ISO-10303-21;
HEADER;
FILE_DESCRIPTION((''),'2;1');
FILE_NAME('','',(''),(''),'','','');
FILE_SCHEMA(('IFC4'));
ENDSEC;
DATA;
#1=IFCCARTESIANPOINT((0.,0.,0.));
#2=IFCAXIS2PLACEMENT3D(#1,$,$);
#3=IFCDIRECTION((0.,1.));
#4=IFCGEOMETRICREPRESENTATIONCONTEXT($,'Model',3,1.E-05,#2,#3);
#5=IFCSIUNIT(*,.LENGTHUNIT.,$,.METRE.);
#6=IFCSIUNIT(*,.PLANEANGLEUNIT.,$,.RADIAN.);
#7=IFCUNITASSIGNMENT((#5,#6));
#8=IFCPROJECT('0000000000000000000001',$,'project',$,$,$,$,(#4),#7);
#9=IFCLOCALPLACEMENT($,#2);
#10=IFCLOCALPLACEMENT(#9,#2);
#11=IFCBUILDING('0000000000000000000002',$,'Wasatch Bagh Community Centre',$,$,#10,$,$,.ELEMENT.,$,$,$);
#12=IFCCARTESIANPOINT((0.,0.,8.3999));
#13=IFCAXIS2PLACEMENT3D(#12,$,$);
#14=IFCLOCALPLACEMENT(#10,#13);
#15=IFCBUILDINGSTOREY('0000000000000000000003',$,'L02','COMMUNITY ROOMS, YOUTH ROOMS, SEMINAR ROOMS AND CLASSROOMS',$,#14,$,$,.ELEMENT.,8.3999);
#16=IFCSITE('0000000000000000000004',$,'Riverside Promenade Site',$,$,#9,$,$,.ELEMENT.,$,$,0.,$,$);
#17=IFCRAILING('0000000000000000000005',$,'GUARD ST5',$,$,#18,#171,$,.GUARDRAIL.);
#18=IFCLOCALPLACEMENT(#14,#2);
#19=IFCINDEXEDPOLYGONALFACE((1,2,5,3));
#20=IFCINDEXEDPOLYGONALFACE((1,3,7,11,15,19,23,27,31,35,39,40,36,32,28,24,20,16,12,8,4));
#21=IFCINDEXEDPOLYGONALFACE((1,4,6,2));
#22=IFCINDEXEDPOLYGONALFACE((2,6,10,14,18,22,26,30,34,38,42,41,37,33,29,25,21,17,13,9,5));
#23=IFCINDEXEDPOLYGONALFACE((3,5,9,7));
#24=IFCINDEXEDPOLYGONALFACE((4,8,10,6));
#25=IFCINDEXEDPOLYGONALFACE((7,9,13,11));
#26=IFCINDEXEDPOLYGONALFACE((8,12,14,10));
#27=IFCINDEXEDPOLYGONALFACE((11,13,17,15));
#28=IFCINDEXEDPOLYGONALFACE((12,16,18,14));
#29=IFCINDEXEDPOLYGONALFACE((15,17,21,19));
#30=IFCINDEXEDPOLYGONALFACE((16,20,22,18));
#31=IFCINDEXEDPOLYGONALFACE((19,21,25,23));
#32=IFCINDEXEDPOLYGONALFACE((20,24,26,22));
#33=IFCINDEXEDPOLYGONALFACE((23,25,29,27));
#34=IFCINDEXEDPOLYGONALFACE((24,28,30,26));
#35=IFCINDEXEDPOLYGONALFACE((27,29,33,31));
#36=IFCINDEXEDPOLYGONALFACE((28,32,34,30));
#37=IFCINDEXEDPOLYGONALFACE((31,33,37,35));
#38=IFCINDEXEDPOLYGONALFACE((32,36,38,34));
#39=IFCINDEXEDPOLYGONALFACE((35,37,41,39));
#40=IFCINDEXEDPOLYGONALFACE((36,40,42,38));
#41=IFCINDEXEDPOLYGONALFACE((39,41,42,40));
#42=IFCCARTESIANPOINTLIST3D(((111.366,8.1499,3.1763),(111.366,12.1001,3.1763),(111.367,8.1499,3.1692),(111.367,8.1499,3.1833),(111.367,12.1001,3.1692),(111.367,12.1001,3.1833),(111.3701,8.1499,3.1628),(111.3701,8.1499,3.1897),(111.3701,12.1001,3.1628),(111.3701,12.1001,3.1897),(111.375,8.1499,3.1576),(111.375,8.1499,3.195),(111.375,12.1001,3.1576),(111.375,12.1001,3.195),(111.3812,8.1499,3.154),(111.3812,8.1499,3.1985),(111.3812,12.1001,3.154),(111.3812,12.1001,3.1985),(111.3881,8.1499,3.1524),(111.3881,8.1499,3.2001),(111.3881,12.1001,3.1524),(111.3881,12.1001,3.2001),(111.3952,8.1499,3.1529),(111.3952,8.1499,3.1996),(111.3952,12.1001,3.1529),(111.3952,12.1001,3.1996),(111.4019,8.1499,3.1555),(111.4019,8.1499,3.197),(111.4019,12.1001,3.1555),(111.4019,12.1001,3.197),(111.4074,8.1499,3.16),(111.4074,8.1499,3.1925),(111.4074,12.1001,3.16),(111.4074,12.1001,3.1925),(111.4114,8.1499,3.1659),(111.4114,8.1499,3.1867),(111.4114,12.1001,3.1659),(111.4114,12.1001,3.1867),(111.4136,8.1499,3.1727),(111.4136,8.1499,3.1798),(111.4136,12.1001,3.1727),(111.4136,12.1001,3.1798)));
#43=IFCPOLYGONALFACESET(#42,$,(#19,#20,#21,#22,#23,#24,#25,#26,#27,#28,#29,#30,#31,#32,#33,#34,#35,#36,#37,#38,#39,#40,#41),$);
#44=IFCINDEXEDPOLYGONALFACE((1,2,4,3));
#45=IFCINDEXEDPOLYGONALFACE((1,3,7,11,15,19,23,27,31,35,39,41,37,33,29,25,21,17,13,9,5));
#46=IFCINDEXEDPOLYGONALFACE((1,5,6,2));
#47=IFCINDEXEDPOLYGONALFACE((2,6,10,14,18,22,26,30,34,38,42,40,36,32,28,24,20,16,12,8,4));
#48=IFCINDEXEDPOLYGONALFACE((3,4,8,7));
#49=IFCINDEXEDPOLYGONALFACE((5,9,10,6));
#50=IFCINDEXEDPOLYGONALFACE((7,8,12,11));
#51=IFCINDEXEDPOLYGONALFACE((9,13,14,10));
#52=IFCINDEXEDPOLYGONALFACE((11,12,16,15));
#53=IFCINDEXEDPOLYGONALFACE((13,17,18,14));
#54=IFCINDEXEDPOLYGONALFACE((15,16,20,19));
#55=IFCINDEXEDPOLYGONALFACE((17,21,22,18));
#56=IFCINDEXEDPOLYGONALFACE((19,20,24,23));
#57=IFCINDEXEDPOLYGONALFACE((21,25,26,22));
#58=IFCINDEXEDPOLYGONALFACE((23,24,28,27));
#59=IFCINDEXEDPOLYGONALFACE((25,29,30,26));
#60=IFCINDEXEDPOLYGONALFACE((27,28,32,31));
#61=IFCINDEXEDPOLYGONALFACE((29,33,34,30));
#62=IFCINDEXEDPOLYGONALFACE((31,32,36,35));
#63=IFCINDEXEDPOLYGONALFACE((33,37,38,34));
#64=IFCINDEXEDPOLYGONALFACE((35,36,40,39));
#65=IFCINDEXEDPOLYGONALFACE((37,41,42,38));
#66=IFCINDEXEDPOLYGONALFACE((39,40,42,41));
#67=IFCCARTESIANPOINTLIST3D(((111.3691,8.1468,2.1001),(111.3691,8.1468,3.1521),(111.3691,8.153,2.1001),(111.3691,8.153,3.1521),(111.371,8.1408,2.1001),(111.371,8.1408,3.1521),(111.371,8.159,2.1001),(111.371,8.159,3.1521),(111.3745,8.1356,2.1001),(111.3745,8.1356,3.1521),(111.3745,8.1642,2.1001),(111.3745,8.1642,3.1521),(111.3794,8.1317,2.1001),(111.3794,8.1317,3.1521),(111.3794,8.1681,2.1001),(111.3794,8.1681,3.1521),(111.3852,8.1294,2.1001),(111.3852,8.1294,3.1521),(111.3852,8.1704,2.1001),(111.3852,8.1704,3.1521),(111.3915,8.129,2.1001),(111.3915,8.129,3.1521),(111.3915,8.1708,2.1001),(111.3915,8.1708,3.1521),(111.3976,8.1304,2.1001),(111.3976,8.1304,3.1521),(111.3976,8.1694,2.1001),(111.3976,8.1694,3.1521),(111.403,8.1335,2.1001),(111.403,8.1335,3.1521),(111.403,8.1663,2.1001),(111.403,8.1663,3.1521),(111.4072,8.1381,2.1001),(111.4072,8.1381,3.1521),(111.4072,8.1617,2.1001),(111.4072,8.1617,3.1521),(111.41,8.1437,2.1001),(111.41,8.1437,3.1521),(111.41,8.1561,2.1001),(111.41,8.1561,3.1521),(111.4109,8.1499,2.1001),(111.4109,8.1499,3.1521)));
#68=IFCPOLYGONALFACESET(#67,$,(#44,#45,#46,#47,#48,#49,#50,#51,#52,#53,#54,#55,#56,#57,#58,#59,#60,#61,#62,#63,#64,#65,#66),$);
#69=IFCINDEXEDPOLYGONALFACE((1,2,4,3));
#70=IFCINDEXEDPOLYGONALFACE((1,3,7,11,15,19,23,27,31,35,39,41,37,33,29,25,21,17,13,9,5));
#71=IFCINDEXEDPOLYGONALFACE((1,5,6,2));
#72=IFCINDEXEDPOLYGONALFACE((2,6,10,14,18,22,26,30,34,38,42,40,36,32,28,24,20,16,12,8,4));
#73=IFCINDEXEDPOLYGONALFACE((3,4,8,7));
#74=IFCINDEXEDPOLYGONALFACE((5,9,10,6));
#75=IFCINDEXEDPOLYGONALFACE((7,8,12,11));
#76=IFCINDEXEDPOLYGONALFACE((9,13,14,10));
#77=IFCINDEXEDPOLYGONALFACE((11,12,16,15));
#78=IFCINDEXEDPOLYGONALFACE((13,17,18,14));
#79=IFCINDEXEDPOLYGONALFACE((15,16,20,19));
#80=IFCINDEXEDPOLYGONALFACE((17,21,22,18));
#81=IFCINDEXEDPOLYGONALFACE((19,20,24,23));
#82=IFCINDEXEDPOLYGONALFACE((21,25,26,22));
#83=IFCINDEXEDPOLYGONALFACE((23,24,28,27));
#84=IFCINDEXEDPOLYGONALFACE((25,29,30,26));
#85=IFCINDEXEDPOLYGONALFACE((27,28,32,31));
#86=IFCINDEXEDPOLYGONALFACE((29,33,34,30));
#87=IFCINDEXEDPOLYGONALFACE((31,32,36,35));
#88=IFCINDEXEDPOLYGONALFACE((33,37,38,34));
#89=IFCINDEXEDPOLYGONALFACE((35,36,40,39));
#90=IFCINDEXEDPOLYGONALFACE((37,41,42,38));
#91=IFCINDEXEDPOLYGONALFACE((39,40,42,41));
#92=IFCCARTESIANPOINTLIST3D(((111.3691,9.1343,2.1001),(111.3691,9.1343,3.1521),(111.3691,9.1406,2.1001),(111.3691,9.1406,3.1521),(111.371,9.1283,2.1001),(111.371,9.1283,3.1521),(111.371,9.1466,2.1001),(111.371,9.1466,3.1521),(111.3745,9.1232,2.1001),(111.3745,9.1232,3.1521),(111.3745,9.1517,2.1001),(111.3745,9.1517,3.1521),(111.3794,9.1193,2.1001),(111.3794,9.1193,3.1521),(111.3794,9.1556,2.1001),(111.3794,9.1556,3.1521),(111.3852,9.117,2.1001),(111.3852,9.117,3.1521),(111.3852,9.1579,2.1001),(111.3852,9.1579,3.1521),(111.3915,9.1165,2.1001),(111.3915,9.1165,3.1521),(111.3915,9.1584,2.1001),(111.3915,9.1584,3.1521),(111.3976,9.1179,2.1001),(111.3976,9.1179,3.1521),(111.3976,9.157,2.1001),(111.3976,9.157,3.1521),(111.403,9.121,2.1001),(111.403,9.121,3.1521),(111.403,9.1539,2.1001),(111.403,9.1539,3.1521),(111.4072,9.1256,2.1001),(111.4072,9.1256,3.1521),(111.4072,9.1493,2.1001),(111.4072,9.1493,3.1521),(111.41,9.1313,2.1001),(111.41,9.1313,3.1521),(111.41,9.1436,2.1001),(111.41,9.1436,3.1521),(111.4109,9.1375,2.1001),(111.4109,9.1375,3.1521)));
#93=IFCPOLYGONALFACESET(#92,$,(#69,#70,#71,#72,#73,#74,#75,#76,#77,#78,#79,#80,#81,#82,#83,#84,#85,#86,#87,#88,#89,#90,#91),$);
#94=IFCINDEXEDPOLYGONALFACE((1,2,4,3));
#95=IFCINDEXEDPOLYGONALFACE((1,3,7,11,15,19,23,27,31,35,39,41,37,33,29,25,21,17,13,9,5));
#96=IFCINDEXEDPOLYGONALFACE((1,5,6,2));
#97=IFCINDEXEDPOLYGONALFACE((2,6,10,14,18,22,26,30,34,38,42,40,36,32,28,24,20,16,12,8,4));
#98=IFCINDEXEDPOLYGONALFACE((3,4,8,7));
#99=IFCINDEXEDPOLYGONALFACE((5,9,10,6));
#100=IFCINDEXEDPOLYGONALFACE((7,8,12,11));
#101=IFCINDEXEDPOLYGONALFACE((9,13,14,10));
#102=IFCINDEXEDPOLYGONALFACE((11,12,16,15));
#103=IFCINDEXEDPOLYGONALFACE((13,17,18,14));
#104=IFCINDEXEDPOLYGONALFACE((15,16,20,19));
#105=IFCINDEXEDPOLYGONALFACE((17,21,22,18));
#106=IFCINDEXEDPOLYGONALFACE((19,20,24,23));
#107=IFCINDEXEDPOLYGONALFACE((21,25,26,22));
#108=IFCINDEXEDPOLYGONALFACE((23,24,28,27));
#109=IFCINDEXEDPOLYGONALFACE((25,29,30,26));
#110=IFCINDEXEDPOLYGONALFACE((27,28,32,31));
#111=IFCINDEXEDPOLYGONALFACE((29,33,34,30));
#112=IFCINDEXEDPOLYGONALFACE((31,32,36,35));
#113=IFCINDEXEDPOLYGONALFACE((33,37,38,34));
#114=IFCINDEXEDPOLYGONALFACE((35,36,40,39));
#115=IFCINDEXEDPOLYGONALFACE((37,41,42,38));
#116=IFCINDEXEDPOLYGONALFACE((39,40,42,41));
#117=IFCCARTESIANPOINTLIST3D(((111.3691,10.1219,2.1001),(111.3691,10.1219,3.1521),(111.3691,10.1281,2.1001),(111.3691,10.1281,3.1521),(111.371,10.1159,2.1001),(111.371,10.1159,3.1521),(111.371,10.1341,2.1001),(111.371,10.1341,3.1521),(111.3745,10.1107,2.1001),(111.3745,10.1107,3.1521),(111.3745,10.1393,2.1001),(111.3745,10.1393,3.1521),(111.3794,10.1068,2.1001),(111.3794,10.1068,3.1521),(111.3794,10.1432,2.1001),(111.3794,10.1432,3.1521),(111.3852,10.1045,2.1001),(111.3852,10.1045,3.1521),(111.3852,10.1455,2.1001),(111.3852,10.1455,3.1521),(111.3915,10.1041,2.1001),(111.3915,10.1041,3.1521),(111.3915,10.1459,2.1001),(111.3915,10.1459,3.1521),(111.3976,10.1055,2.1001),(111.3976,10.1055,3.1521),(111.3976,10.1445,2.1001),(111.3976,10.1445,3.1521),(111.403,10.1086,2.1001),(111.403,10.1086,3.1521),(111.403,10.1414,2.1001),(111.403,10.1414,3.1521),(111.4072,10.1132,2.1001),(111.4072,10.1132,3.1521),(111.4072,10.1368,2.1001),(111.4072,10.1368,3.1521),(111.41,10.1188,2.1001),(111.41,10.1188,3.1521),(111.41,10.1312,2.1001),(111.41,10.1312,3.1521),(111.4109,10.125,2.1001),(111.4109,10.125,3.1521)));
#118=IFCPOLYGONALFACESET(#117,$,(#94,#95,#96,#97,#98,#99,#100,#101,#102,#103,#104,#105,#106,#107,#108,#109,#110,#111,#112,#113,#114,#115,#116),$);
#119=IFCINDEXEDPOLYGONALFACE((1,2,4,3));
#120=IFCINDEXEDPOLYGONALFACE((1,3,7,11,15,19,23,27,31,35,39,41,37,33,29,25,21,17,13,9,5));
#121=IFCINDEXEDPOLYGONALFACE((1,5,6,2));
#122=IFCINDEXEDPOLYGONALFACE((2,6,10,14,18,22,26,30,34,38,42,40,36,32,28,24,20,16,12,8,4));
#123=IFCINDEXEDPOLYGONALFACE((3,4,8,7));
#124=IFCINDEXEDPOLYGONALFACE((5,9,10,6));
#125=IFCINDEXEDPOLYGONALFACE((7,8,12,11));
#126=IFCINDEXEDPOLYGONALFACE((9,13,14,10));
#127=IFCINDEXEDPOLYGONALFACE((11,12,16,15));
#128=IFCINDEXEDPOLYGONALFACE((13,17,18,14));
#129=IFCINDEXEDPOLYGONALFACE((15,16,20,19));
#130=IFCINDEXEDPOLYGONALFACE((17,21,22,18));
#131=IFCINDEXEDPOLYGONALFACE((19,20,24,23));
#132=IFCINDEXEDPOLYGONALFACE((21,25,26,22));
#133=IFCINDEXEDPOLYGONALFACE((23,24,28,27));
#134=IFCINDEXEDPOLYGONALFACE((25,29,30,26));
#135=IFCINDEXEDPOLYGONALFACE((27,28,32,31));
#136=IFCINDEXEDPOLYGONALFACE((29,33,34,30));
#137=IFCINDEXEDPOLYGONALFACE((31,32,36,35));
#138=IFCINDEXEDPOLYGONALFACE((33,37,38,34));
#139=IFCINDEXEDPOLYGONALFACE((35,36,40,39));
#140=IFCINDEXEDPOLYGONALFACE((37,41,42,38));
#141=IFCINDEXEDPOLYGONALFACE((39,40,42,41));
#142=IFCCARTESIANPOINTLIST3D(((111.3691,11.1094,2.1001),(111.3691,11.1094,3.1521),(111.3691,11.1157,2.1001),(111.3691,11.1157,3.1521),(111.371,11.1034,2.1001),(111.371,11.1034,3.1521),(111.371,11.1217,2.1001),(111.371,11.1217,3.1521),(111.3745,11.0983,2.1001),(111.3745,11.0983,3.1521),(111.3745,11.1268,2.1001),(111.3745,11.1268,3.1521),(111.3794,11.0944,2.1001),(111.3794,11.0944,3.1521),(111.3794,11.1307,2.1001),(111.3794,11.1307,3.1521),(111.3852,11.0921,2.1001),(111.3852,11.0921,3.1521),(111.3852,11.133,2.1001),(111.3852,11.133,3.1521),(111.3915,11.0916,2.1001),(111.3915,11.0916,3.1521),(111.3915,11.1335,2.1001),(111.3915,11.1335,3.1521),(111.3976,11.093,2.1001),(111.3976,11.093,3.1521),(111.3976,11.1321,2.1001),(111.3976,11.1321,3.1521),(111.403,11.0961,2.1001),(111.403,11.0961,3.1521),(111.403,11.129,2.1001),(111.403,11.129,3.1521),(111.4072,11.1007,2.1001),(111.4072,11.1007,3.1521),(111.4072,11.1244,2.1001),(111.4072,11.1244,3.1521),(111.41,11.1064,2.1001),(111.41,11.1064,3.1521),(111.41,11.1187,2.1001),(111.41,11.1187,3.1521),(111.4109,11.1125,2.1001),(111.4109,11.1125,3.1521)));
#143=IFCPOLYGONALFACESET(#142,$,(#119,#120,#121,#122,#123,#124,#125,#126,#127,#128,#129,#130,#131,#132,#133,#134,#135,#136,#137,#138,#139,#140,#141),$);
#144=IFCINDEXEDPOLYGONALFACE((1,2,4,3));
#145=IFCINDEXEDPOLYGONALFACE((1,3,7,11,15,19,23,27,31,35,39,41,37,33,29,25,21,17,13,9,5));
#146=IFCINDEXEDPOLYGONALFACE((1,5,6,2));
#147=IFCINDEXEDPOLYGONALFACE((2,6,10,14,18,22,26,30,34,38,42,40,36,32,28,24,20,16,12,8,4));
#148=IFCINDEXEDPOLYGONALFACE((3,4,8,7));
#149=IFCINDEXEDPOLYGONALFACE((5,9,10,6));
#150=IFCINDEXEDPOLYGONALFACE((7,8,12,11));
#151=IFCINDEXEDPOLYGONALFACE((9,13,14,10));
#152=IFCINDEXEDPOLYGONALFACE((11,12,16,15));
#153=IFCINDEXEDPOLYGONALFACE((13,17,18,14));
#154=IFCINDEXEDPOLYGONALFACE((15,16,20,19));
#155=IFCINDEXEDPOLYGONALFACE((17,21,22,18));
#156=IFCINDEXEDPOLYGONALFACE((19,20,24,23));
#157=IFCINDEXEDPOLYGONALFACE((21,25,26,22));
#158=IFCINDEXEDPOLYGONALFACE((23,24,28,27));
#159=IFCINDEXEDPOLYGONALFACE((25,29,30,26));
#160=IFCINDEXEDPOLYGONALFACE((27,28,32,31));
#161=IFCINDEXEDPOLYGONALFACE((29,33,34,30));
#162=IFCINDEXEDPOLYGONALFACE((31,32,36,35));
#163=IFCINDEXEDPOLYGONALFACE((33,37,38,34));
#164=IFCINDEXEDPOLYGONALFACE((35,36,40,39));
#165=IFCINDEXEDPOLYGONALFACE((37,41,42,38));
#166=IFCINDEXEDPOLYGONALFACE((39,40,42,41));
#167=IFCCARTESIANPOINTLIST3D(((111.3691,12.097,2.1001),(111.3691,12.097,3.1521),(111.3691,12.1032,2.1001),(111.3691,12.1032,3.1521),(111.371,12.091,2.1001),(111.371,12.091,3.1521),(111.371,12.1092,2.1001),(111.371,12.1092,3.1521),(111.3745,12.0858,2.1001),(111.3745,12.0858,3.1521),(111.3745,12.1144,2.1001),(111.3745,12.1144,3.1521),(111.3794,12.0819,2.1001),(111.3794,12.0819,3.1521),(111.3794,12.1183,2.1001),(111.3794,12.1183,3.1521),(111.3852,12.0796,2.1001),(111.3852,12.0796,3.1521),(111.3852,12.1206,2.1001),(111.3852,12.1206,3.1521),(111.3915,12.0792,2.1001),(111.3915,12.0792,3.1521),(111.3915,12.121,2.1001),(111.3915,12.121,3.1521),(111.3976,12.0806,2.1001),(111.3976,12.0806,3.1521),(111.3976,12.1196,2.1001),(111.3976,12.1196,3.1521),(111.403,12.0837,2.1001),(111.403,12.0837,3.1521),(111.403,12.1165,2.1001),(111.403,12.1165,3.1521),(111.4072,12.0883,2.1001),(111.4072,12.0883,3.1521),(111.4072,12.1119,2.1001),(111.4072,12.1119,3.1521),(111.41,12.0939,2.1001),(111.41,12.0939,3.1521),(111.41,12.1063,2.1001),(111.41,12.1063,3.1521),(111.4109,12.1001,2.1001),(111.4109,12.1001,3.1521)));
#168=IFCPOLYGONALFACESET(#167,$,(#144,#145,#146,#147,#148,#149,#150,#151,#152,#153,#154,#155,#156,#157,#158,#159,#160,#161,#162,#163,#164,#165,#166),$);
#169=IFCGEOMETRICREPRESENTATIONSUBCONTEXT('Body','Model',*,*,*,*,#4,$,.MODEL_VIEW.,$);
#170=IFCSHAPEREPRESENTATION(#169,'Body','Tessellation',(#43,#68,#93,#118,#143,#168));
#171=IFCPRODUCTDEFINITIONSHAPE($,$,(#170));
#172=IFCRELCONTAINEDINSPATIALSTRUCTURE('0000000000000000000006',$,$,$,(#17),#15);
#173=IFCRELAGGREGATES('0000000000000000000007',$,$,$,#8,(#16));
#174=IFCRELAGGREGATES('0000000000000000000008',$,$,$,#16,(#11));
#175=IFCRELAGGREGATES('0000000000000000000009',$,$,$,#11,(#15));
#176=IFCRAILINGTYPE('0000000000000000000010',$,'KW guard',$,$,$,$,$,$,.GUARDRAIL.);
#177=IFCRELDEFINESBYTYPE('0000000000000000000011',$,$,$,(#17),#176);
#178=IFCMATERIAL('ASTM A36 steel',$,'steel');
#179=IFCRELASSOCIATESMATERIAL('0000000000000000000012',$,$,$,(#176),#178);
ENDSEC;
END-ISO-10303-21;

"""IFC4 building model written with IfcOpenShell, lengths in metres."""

from ifc_helpers import new_model, si_unit, direction, frame, origin, origin_2d, place, context, subcontext, project, spatial, circle, extrude, material, type_object, element, save


model = new_model("IFC4")

# Units and contexts
model_context = context("Model", 3, precision=1e-05, world=origin(), true_north=direction((0.0, 1.0)))
body_context = subcontext(model_context, "Body", "Model", "MODEL_VIEW")
ifc_project = project(units=[si_unit("LENGTHUNIT", "METRE"), si_unit("PLANEANGLEUNIT", "RADIAN")], contexts=[model_context])

# Site, building, storey
site_placement = place(None, origin())
site = spatial("IfcSite", under=ifc_project, at=site_placement, Name="Riverside Promenade Site", CompositionType="ELEMENT", RefElevation=0.0)
building_placement = place(site_placement, origin())
building = spatial("IfcBuilding", under=site, at=building_placement, Name="Wasatch Bagh Community Centre", CompositionType="ELEMENT")
storey_placement = place(building_placement, frame((0.0, 0.0, 8.3999)))
storey = spatial("IfcBuildingStorey", under=building, at=storey_placement, Name="L02", Description="COMMUNITY ROOMS, YOUTH ROOMS, SEMINAR ROOMS AND CLASSROOMS", CompositionType="ELEMENT", Elevation=8.3999)

# Railing
ifc_material_1 = material(Name="ASTM A36 steel", Category="steel")
railing_type_1 = type_object("IfcRailingType", Name="KW guard", PredefinedType="GUARDRAIL", material=ifc_material_1)
railing_1_placement = place(storey_placement, frame((111.3899, 8.1499, 2.1001)))
element("IfcRailing", 1, at=railing_1_placement, inside=storey, type_object=railing_type_1, Name="GUARD ST5", PredefinedType="GUARDRAIL", context=body_context, shape_type="SweptSolid", body=[
    extrude(circle(Radius=0.0239, at=origin_2d()), frame((0.0, 0.0, 1.0762), z_axis=(0.0, 1.0, 0.0), x_axis=(-1.0, 0.0, 0.0)), (0.0, 0.0, 1.0), 3.9502),
    extrude(circle(Radius=0.021, at=origin_2d()), origin(), (0.0, 0.0, 1.0), 1.052),
    extrude(circle(Radius=0.021, at=origin_2d()), frame((0.0, 0.9875, 0.0)), (0.0, 0.0, 1.0), 1.052),
    extrude(circle(Radius=0.021, at=origin_2d()), frame((0.0, 1.9751, 0.0)), (0.0, 0.0, 1.0), 1.052),
    extrude(circle(Radius=0.021, at=origin_2d()), frame((0.0, 2.9626, 0.0)), (0.0, 0.0, 1.0), 1.052),
    extrude(circle(Radius=0.021, at=origin_2d()), frame((0.0, 3.9502, 0.0)), (0.0, 0.0, 1.0), 1.052),
])

save(model, "model.ifc")
